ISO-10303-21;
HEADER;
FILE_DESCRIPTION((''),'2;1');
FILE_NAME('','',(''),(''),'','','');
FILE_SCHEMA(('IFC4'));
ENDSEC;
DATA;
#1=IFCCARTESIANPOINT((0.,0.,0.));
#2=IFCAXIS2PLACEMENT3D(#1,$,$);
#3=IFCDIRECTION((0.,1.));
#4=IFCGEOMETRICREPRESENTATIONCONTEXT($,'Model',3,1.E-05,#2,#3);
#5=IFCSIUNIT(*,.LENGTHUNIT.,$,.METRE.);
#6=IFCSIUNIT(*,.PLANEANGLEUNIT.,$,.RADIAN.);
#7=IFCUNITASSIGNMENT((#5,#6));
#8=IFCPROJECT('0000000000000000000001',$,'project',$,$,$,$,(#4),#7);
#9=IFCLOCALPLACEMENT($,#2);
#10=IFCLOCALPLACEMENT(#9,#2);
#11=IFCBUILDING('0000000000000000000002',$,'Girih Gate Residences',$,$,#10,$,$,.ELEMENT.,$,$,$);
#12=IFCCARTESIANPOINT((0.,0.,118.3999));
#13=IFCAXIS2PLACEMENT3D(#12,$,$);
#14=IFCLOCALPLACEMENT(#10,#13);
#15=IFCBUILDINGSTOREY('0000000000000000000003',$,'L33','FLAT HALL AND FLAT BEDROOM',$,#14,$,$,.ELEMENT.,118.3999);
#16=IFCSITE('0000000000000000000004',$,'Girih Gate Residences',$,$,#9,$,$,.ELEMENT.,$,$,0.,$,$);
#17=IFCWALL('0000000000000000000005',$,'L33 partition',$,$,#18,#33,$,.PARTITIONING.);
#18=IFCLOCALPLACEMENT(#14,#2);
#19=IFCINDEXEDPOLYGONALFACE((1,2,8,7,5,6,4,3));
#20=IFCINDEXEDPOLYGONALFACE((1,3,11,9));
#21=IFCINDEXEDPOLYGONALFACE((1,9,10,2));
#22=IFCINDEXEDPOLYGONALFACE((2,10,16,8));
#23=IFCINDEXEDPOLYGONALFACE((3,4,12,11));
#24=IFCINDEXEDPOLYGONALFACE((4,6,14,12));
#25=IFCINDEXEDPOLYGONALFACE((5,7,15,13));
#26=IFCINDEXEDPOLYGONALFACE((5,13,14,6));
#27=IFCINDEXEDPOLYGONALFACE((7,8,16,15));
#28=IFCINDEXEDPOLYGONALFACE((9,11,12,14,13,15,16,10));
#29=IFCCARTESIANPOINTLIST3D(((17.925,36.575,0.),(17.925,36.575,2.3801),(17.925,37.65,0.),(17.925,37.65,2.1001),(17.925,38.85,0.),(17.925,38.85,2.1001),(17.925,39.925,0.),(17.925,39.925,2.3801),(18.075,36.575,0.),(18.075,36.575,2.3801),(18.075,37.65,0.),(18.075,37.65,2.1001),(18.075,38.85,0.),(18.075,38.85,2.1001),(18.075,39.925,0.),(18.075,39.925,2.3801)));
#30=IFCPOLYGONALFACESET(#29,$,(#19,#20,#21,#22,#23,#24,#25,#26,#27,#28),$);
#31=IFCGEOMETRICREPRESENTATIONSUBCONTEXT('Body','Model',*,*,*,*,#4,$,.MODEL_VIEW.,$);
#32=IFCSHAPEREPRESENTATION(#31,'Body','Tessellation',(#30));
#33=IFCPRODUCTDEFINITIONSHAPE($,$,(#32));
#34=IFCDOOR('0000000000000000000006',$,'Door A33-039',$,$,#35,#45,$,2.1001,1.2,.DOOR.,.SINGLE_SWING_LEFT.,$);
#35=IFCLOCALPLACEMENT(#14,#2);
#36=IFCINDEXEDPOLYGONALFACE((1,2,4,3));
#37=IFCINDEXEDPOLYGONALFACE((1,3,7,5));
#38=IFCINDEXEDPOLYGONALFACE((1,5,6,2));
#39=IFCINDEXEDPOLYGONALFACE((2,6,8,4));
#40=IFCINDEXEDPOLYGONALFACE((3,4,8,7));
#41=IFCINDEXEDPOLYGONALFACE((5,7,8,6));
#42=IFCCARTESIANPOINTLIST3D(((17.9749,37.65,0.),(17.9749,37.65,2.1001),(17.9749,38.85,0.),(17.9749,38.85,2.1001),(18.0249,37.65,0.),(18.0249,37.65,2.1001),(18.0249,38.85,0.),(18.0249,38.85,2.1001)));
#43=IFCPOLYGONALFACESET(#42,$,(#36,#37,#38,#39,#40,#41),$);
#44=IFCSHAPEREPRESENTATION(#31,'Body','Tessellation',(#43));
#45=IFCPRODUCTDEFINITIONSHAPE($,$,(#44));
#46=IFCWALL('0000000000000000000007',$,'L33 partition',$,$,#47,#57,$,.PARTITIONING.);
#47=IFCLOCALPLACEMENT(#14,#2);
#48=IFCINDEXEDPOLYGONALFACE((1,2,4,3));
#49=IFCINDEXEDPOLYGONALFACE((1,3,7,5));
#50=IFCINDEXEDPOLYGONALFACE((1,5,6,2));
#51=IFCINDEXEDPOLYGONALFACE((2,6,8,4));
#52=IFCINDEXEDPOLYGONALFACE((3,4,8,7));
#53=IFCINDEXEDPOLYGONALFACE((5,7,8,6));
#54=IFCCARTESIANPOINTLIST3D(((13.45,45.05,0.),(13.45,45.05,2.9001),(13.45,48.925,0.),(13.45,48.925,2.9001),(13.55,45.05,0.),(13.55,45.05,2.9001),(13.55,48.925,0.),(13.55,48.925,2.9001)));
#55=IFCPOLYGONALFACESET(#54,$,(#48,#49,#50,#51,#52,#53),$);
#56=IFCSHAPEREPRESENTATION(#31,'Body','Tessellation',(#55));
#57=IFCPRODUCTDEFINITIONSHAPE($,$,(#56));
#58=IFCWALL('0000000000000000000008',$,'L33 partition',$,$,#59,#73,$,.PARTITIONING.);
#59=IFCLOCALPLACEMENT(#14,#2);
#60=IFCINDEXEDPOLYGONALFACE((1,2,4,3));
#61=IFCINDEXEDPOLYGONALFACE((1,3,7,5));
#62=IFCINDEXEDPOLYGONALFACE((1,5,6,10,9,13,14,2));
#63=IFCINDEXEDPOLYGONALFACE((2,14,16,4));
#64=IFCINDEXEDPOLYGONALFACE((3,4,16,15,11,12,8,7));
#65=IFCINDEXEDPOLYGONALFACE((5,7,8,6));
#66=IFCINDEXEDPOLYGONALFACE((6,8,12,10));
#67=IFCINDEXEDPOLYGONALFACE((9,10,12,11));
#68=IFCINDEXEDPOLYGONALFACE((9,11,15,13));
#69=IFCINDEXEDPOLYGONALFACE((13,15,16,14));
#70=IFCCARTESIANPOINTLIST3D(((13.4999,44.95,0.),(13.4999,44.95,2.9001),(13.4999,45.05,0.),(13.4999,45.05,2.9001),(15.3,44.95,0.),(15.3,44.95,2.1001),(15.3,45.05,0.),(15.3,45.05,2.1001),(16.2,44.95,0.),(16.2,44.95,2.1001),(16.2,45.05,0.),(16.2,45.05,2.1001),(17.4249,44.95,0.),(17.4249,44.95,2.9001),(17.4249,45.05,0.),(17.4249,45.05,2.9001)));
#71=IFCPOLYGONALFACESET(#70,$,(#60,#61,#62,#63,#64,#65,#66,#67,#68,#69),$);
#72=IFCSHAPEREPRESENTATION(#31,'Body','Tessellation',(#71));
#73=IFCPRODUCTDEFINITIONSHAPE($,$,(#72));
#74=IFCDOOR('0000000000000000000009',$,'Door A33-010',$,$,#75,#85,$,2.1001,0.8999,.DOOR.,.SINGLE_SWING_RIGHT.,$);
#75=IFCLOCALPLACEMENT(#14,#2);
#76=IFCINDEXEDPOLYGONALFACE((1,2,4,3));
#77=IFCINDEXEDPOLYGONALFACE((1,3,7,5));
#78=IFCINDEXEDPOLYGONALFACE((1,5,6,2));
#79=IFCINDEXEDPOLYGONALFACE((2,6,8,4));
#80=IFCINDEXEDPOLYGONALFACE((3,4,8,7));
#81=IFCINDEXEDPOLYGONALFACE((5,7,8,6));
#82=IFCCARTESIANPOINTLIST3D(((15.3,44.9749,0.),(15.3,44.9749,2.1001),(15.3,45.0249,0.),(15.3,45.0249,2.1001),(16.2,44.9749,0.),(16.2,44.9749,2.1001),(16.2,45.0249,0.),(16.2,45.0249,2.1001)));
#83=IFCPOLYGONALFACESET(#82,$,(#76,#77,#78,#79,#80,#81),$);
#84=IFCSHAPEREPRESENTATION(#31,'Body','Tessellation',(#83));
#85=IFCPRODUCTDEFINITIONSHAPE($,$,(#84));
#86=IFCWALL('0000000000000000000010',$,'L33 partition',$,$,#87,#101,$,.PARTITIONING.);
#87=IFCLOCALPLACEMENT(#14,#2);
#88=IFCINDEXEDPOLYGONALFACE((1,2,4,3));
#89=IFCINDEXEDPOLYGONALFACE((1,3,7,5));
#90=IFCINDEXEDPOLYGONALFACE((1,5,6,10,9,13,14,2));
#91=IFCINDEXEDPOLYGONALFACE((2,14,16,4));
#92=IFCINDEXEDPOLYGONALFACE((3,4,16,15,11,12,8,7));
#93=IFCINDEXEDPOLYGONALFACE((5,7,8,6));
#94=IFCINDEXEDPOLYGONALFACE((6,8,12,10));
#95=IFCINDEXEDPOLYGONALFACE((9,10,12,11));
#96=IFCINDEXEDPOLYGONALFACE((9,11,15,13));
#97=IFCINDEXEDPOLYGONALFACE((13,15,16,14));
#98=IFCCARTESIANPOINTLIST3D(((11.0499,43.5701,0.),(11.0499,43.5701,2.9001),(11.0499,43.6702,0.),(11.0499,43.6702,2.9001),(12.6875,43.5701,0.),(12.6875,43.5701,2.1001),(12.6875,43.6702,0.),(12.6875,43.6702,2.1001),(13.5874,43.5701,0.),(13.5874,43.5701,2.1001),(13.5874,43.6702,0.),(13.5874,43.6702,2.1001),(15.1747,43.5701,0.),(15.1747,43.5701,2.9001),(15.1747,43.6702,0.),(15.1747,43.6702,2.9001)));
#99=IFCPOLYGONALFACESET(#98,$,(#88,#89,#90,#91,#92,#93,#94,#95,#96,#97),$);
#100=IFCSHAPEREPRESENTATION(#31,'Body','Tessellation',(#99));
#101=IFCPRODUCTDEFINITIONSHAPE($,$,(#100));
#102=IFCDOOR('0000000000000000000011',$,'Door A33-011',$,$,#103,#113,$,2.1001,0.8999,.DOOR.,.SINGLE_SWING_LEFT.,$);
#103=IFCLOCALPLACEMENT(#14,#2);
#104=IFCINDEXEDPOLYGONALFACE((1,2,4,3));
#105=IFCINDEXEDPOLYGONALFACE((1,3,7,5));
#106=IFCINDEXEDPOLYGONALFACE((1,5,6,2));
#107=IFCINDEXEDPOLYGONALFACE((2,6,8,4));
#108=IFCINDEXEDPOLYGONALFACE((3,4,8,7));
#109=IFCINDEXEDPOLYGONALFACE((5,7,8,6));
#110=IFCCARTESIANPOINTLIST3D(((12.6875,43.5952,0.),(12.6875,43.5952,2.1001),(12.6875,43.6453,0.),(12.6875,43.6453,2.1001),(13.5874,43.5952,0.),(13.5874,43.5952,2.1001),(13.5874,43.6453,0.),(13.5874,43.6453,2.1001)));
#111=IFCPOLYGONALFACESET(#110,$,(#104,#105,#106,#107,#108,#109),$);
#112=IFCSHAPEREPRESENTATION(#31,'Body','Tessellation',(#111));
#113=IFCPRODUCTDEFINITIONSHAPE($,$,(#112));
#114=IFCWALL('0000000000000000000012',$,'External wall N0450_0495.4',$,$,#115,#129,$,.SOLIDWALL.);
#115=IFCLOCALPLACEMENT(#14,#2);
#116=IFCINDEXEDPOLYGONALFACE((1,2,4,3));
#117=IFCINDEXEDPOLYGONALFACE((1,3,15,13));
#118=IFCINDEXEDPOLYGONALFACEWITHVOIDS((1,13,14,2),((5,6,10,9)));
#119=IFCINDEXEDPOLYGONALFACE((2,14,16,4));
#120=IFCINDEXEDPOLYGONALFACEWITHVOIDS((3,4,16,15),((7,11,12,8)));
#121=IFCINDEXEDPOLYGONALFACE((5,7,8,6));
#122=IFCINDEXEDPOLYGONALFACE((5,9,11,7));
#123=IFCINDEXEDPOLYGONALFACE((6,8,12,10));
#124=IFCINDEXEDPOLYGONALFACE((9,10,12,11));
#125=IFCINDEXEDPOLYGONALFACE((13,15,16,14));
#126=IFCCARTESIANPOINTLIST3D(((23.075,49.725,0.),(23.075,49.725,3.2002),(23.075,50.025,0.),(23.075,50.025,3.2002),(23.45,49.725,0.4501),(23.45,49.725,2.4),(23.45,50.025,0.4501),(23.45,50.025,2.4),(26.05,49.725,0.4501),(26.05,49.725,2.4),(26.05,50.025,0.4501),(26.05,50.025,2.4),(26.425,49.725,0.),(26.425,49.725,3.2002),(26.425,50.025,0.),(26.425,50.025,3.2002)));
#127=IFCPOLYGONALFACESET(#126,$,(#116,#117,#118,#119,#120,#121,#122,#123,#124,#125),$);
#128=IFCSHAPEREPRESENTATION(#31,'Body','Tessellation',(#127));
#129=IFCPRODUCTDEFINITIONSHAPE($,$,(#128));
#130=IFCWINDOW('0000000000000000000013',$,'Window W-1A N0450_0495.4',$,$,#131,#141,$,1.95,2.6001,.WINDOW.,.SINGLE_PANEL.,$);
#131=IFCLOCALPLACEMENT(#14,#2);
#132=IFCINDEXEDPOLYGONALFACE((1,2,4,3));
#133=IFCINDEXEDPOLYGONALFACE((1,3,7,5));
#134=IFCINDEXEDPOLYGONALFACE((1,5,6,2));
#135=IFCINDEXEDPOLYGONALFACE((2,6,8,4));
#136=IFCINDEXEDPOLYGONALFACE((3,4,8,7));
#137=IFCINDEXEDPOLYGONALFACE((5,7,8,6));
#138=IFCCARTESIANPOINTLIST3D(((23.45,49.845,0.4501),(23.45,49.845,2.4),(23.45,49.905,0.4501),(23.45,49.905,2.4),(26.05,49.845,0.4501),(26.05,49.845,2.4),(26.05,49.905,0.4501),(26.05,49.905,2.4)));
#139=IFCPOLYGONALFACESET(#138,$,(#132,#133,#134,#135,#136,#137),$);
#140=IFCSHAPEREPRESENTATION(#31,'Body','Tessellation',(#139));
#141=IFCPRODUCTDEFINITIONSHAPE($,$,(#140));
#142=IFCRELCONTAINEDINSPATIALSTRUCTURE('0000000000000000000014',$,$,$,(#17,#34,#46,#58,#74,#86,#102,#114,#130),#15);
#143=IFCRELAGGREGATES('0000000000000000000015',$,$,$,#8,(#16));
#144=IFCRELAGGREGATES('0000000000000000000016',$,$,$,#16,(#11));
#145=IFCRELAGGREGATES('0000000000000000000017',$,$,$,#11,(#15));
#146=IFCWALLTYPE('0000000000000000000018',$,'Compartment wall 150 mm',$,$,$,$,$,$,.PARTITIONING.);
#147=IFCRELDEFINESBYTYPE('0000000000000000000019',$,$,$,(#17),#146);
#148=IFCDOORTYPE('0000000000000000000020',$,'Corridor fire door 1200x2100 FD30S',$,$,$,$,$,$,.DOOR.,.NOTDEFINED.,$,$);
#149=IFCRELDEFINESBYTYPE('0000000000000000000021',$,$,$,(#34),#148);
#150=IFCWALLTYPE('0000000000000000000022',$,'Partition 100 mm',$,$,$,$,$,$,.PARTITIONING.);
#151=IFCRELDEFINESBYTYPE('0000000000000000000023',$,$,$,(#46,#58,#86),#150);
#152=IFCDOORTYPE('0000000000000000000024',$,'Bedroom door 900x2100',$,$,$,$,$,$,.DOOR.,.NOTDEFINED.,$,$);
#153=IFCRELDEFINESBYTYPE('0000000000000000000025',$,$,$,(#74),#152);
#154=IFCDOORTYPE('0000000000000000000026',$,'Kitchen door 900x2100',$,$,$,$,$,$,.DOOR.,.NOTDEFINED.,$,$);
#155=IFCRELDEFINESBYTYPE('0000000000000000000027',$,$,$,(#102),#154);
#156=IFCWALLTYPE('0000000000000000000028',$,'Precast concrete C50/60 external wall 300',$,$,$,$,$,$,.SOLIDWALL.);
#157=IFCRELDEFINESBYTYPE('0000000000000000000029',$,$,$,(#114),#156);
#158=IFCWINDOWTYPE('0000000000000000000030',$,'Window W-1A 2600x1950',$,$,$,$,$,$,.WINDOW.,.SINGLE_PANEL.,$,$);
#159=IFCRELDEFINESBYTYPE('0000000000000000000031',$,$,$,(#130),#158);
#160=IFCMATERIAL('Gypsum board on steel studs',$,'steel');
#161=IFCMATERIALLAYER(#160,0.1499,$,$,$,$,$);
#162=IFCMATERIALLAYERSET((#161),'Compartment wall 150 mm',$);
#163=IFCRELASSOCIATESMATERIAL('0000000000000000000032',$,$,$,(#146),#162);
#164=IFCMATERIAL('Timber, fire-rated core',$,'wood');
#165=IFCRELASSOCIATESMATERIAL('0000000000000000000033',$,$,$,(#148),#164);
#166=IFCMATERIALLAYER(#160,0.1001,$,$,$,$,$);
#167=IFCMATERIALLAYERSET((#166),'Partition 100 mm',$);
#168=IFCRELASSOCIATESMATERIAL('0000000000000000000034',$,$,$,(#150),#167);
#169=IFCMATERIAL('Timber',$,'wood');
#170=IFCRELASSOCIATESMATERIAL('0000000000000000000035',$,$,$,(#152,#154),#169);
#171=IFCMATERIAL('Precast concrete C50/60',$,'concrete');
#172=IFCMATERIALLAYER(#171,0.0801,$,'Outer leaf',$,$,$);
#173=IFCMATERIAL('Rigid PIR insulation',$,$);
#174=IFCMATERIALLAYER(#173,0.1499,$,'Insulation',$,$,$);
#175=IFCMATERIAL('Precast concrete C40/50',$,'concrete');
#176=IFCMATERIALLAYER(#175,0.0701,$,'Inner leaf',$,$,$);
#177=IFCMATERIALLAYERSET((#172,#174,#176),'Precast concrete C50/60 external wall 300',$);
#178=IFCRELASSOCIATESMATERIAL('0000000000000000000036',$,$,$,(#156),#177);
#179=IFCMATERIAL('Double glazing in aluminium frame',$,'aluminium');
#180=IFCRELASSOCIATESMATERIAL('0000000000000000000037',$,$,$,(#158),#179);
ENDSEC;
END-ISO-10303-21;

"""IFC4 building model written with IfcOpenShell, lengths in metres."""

from ifc_helpers import new_model, si_unit, direction, frame, frame_2d, origin, place, context, subcontext, project, spatial, rectangle, extrude, material, layer, layer_set, type_object, element, fill, save


model = new_model("IFC4")

# Units and contexts
model_context = context("Model", 3, precision=1e-05, world=origin(), true_north=direction((0.0, 1.0)))
body_context = subcontext(model_context, "Body", "Model", "MODEL_VIEW")
ifc_project = project(units=[si_unit("LENGTHUNIT", "METRE"), si_unit("PLANEANGLEUNIT", "RADIAN")], contexts=[model_context])

# Site, building, storey
site_placement = place(None, origin())
site = spatial("IfcSite", under=ifc_project, at=site_placement, Name="Girih Gate Residences", CompositionType="ELEMENT", RefElevation=0.0)
building_placement = place(site_placement, origin())
building = spatial("IfcBuilding", under=site, at=building_placement, Name="Girih Gate Residences", CompositionType="ELEMENT")
storey_placement = place(building_placement, frame((0.0, 0.0, 118.3999)))
storey = spatial("IfcBuildingStorey", under=building, at=storey_placement, Name="L33", Description="FLAT HALL AND FLAT BEDROOM", CompositionType="ELEMENT", Elevation=118.3999)

# Shared definitions
ifc_material_1 = material(Name="Gypsum board on steel studs", Category="steel")
ifc_layer_1 = layer(ifc_material_1, 0.1499)
ifc_layer_set_1 = layer_set([ifc_layer_1], Name="Compartment wall 150 mm")
wall_type_1 = type_object("IfcWallType", Name="Compartment wall 150 mm", PredefinedType="PARTITIONING", material=ifc_layer_set_1)

# Wall, opening, door
ifc_material_2 = material(Name="Timber, fire-rated core", Category="wood")
wall_1_placement = place(storey_placement, frame((18.0, 39.925, 0.0), z_axis=(0.0, 0.0, 1.0), x_axis=(0.0, -1.0, 0.0)))
wall_1 = element("IfcWall", 1, at=wall_1_placement, inside=storey, type_object=wall_type_1, Name="L33 partition", PredefinedType="PARTITIONING", context=body_context, shape_type="SweptSolid", body=[
    extrude(rectangle(XDim=3.3501, YDim=0.1499, at=frame_2d((1.675, 0.0))), origin(), (0.0, 0.0, 1.0), 2.3801),
])
opening_1_placement = place(wall_1_placement, frame((1.075, 0.0, 0.0)))
opening_1 = element("IfcOpeningElement", 2, at=opening_1_placement, cuts=wall_1, PredefinedType="OPENING", context=body_context, shape_type="SweptSolid", body=[
    extrude(rectangle(XDim=1.2, YDim=2.1001, at=frame_2d((0.6001, 1.05))), frame((0.0, 0.085, 0.0), z_axis=(0.0, -1.0, 0.0), x_axis=(1.0, 0.0, 0.0)), (0.0, 0.0, 1.0), 0.1699),
])
door_type_1 = type_object("IfcDoorType", Name="Corridor fire door 1200x2100 FD30S", OperationType="NOTDEFINED", PredefinedType="DOOR", material=ifc_material_2)
door_1_placement = place(opening_1_placement, origin())
door_1 = element("IfcDoor", 3, at=door_1_placement, inside=storey, type_object=door_type_1, Name="Door A33-039", OperationType="SINGLE_SWING_LEFT", OverallHeight=2.1001, OverallWidth=1.2, PredefinedType="DOOR", context=body_context, shape_type="SweptSolid", body=[
    extrude(rectangle(XDim=1.2, YDim=2.1001, at=frame_2d((0.6001, 1.05))), frame((0.0, 0.0249, 0.0), z_axis=(0.0, -1.0, 0.0), x_axis=(1.0, 0.0, 0.0)), (0.0, 0.0, 1.0), 0.05),
])
fill(opening_1, door_1)

# Wall
ifc_layer_2 = layer(ifc_material_1, 0.1001)
ifc_layer_set_2 = layer_set([ifc_layer_2], Name="Partition 100 mm")
wall_type_2 = type_object("IfcWallType", Name="Partition 100 mm", PredefinedType="PARTITIONING", material=ifc_layer_set_2)
wall_2_placement = place(storey_placement, frame((13.5, 45.05, 0.0), z_axis=(0.0, 0.0, 1.0), x_axis=(0.0, 1.0, 0.0)))
element("IfcWall", 4, at=wall_2_placement, inside=storey, type_object=wall_type_2, Name="L33 partition", PredefinedType="PARTITIONING", context=body_context, shape_type="SweptSolid", body=[
    extrude(rectangle(XDim=3.875, YDim=0.1001, at=frame_2d((1.9375, 0.0))), origin(), (0.0, 0.0, 1.0), 2.9001),
])

# Walls, openings, doors
wall_3_placement = place(storey_placement, frame((13.5, 45.0, 0.0), z_axis=(0.0, 0.0, 1.0), x_axis=(1.0, 0.0, 0.0)))
wall_3 = element("IfcWall", 5, at=wall_3_placement, inside=storey, type_object=wall_type_2, Name="L33 partition", PredefinedType="PARTITIONING", context=body_context, shape_type="SweptSolid", body=[
    extrude(rectangle(XDim=3.925, YDim=0.1001, at=frame_2d((1.9624, 0.0))), origin(), (0.0, 0.0, 1.0), 2.9001),
])
opening_2_placement = place(wall_3_placement, frame((1.8, 0.0, 0.0)))
opening_2 = element("IfcOpeningElement", 6, at=opening_2_placement, cuts=wall_3, PredefinedType="OPENING", context=body_context, shape_type="SweptSolid", body=[
    extrude(rectangle(XDim=0.8999, YDim=2.1001, at=frame_2d((0.45, 1.05))), frame((0.0, 0.0601, 0.0), z_axis=(0.0, -1.0, 0.0), x_axis=(1.0, 0.0, 0.0)), (0.0, 0.0, 1.0), 0.1201),
])
ifc_material_3 = material(Name="Timber", Category="wood")
door_type_2 = type_object("IfcDoorType", Name="Bedroom door 900x2100", OperationType="NOTDEFINED", PredefinedType="DOOR", material=ifc_material_3)
door_2_placement = place(opening_2_placement, origin())
door_2 = element("IfcDoor", 7, at=door_2_placement, inside=storey, type_object=door_type_2, Name="Door A33-010", OperationType="SINGLE_SWING_RIGHT", OverallHeight=2.1001, OverallWidth=0.8999, PredefinedType="DOOR", context=body_context, shape_type="SweptSolid", body=[
    extrude(rectangle(XDim=0.8999, YDim=2.1001, at=frame_2d((0.45, 1.05))), frame((0.0, 0.0249, 0.0), z_axis=(0.0, -1.0, 0.0), x_axis=(1.0, 0.0, 0.0)), (0.0, 0.0, 1.0), 0.05),
])
fill(opening_2, door_2)
wall_4_placement = place(storey_placement, frame((15.1748, 43.6201, 0.0), z_axis=(0.0, 0.0, 1.0), x_axis=(-1.0, 0.0, 0.0)))
wall_4 = element("IfcWall", 8, at=wall_4_placement, inside=storey, type_object=wall_type_2, Name="L33 partition", PredefinedType="PARTITIONING", context=body_context, shape_type="SweptSolid", body=[
    extrude(rectangle(XDim=4.1248, YDim=0.1001, at=frame_2d((2.0625, 0.0))), origin(), (0.0, 0.0, 1.0), 2.9001),
])
opening_3_placement = place(wall_4_placement, frame((1.5874, 0.0, 0.0)))
opening_3 = element("IfcOpeningElement", 9, at=opening_3_placement, cuts=wall_4, PredefinedType="OPENING", context=body_context, shape_type="SweptSolid", body=[
    extrude(rectangle(XDim=0.8999, YDim=2.1001, at=frame_2d((0.45, 1.05))), frame((0.0, 0.0601, 0.0), z_axis=(0.0, -1.0, 0.0), x_axis=(1.0, 0.0, 0.0)), (0.0, 0.0, 1.0), 0.1201),
])
door_type_3 = type_object("IfcDoorType", Name="Kitchen door 900x2100", OperationType="NOTDEFINED", PredefinedType="DOOR", material=ifc_material_3)
door_3_placement = place(opening_3_placement, origin())
door_3 = element("IfcDoor", 10, at=door_3_placement, inside=storey, type_object=door_type_3, Name="Door A33-011", OperationType="SINGLE_SWING_LEFT", OverallHeight=2.1001, OverallWidth=0.8999, PredefinedType="DOOR", context=body_context, shape_type="SweptSolid", body=[
    extrude(rectangle(XDim=0.8999, YDim=2.1001, at=frame_2d((0.45, 1.05))), frame((0.0, 0.0249, 0.0), z_axis=(0.0, -1.0, 0.0), x_axis=(1.0, 0.0, 0.0)), (0.0, 0.0, 1.0), 0.05),
])
fill(opening_3, door_3)

# Wall, opening, window
ifc_material_4 = material(Name="Precast concrete C50/60", Category="concrete")
ifc_layer_3 = layer(ifc_material_4, 0.0801, Name="Outer leaf")
ifc_material_5 = material(Name="Rigid PIR insulation")
ifc_layer_4 = layer(ifc_material_5, 0.1499, Name="Insulation")
ifc_material_6 = material(Name="Precast concrete C40/50", Category="concrete")
ifc_layer_5 = layer(ifc_material_6, 0.0701, Name="Inner leaf")
ifc_layer_set_3 = layer_set([ifc_layer_3, ifc_layer_4, ifc_layer_5], Name="Precast concrete C50/60 external wall 300")
wall_type_3 = type_object("IfcWallType", Name="Precast concrete C50/60 external wall 300", PredefinedType="SOLIDWALL", material=ifc_layer_set_3)
wall_5_placement = place(storey_placement, frame((23.075, 49.875, 0.0), z_axis=(0.0, 0.0, 1.0), x_axis=(1.0, 0.0, 0.0)))
wall_5 = element("IfcWall", 11, at=wall_5_placement, inside=storey, type_object=wall_type_3, Name="External wall N0450_0495.4", PredefinedType="SOLIDWALL", context=body_context, shape_type="SweptSolid", body=[
    extrude(rectangle(XDim=3.3501, YDim=0.3, at=frame_2d((1.675, 0.0))), origin(), (0.0, 0.0, 1.0), 3.2002),
])
opening_4_placement = place(wall_5_placement, frame((0.375, 0.0, 0.45)))
opening_4 = element("IfcOpeningElement", 12, at=opening_4_placement, cuts=wall_5, PredefinedType="OPENING", context=body_context, shape_type="SweptSolid", body=[
    extrude(rectangle(XDim=2.6001, YDim=1.95, at=frame_2d((1.3, 0.9751))), frame((0.0, 0.1599, 0.0), z_axis=(0.0, -1.0, 0.0), x_axis=(1.0, 0.0, 0.0)), (0.0, 0.0, 1.0), 0.3201),
])
ifc_material_7 = material(Name="Double glazing in aluminium frame", Category="aluminium")
window_type = type_object("IfcWindowType", Name="Window W-1A 2600x1950", PartitioningType="SINGLE_PANEL", PredefinedType="WINDOW", material=ifc_material_7)
window_1_placement = place(opening_4_placement, origin())
window_1 = element("IfcWindow", 13, at=window_1_placement, inside=storey, type_object=window_type, Name="Window W-1A N0450_0495.4", OverallHeight=1.95, OverallWidth=2.6001, PartitioningType="SINGLE_PANEL", PredefinedType="WINDOW", context=body_context, shape_type="SweptSolid", body=[
    extrude(rectangle(XDim=2.6001, YDim=1.95, at=frame_2d((1.3, 0.9751))), frame((0.0, 0.03, 0.0), z_axis=(0.0, -1.0, 0.0), x_axis=(1.0, 0.0, 0.0)), (0.0, 0.0, 1.0), 0.0601),
])
fill(opening_4, window_1)

save(model, "model.ifc")
